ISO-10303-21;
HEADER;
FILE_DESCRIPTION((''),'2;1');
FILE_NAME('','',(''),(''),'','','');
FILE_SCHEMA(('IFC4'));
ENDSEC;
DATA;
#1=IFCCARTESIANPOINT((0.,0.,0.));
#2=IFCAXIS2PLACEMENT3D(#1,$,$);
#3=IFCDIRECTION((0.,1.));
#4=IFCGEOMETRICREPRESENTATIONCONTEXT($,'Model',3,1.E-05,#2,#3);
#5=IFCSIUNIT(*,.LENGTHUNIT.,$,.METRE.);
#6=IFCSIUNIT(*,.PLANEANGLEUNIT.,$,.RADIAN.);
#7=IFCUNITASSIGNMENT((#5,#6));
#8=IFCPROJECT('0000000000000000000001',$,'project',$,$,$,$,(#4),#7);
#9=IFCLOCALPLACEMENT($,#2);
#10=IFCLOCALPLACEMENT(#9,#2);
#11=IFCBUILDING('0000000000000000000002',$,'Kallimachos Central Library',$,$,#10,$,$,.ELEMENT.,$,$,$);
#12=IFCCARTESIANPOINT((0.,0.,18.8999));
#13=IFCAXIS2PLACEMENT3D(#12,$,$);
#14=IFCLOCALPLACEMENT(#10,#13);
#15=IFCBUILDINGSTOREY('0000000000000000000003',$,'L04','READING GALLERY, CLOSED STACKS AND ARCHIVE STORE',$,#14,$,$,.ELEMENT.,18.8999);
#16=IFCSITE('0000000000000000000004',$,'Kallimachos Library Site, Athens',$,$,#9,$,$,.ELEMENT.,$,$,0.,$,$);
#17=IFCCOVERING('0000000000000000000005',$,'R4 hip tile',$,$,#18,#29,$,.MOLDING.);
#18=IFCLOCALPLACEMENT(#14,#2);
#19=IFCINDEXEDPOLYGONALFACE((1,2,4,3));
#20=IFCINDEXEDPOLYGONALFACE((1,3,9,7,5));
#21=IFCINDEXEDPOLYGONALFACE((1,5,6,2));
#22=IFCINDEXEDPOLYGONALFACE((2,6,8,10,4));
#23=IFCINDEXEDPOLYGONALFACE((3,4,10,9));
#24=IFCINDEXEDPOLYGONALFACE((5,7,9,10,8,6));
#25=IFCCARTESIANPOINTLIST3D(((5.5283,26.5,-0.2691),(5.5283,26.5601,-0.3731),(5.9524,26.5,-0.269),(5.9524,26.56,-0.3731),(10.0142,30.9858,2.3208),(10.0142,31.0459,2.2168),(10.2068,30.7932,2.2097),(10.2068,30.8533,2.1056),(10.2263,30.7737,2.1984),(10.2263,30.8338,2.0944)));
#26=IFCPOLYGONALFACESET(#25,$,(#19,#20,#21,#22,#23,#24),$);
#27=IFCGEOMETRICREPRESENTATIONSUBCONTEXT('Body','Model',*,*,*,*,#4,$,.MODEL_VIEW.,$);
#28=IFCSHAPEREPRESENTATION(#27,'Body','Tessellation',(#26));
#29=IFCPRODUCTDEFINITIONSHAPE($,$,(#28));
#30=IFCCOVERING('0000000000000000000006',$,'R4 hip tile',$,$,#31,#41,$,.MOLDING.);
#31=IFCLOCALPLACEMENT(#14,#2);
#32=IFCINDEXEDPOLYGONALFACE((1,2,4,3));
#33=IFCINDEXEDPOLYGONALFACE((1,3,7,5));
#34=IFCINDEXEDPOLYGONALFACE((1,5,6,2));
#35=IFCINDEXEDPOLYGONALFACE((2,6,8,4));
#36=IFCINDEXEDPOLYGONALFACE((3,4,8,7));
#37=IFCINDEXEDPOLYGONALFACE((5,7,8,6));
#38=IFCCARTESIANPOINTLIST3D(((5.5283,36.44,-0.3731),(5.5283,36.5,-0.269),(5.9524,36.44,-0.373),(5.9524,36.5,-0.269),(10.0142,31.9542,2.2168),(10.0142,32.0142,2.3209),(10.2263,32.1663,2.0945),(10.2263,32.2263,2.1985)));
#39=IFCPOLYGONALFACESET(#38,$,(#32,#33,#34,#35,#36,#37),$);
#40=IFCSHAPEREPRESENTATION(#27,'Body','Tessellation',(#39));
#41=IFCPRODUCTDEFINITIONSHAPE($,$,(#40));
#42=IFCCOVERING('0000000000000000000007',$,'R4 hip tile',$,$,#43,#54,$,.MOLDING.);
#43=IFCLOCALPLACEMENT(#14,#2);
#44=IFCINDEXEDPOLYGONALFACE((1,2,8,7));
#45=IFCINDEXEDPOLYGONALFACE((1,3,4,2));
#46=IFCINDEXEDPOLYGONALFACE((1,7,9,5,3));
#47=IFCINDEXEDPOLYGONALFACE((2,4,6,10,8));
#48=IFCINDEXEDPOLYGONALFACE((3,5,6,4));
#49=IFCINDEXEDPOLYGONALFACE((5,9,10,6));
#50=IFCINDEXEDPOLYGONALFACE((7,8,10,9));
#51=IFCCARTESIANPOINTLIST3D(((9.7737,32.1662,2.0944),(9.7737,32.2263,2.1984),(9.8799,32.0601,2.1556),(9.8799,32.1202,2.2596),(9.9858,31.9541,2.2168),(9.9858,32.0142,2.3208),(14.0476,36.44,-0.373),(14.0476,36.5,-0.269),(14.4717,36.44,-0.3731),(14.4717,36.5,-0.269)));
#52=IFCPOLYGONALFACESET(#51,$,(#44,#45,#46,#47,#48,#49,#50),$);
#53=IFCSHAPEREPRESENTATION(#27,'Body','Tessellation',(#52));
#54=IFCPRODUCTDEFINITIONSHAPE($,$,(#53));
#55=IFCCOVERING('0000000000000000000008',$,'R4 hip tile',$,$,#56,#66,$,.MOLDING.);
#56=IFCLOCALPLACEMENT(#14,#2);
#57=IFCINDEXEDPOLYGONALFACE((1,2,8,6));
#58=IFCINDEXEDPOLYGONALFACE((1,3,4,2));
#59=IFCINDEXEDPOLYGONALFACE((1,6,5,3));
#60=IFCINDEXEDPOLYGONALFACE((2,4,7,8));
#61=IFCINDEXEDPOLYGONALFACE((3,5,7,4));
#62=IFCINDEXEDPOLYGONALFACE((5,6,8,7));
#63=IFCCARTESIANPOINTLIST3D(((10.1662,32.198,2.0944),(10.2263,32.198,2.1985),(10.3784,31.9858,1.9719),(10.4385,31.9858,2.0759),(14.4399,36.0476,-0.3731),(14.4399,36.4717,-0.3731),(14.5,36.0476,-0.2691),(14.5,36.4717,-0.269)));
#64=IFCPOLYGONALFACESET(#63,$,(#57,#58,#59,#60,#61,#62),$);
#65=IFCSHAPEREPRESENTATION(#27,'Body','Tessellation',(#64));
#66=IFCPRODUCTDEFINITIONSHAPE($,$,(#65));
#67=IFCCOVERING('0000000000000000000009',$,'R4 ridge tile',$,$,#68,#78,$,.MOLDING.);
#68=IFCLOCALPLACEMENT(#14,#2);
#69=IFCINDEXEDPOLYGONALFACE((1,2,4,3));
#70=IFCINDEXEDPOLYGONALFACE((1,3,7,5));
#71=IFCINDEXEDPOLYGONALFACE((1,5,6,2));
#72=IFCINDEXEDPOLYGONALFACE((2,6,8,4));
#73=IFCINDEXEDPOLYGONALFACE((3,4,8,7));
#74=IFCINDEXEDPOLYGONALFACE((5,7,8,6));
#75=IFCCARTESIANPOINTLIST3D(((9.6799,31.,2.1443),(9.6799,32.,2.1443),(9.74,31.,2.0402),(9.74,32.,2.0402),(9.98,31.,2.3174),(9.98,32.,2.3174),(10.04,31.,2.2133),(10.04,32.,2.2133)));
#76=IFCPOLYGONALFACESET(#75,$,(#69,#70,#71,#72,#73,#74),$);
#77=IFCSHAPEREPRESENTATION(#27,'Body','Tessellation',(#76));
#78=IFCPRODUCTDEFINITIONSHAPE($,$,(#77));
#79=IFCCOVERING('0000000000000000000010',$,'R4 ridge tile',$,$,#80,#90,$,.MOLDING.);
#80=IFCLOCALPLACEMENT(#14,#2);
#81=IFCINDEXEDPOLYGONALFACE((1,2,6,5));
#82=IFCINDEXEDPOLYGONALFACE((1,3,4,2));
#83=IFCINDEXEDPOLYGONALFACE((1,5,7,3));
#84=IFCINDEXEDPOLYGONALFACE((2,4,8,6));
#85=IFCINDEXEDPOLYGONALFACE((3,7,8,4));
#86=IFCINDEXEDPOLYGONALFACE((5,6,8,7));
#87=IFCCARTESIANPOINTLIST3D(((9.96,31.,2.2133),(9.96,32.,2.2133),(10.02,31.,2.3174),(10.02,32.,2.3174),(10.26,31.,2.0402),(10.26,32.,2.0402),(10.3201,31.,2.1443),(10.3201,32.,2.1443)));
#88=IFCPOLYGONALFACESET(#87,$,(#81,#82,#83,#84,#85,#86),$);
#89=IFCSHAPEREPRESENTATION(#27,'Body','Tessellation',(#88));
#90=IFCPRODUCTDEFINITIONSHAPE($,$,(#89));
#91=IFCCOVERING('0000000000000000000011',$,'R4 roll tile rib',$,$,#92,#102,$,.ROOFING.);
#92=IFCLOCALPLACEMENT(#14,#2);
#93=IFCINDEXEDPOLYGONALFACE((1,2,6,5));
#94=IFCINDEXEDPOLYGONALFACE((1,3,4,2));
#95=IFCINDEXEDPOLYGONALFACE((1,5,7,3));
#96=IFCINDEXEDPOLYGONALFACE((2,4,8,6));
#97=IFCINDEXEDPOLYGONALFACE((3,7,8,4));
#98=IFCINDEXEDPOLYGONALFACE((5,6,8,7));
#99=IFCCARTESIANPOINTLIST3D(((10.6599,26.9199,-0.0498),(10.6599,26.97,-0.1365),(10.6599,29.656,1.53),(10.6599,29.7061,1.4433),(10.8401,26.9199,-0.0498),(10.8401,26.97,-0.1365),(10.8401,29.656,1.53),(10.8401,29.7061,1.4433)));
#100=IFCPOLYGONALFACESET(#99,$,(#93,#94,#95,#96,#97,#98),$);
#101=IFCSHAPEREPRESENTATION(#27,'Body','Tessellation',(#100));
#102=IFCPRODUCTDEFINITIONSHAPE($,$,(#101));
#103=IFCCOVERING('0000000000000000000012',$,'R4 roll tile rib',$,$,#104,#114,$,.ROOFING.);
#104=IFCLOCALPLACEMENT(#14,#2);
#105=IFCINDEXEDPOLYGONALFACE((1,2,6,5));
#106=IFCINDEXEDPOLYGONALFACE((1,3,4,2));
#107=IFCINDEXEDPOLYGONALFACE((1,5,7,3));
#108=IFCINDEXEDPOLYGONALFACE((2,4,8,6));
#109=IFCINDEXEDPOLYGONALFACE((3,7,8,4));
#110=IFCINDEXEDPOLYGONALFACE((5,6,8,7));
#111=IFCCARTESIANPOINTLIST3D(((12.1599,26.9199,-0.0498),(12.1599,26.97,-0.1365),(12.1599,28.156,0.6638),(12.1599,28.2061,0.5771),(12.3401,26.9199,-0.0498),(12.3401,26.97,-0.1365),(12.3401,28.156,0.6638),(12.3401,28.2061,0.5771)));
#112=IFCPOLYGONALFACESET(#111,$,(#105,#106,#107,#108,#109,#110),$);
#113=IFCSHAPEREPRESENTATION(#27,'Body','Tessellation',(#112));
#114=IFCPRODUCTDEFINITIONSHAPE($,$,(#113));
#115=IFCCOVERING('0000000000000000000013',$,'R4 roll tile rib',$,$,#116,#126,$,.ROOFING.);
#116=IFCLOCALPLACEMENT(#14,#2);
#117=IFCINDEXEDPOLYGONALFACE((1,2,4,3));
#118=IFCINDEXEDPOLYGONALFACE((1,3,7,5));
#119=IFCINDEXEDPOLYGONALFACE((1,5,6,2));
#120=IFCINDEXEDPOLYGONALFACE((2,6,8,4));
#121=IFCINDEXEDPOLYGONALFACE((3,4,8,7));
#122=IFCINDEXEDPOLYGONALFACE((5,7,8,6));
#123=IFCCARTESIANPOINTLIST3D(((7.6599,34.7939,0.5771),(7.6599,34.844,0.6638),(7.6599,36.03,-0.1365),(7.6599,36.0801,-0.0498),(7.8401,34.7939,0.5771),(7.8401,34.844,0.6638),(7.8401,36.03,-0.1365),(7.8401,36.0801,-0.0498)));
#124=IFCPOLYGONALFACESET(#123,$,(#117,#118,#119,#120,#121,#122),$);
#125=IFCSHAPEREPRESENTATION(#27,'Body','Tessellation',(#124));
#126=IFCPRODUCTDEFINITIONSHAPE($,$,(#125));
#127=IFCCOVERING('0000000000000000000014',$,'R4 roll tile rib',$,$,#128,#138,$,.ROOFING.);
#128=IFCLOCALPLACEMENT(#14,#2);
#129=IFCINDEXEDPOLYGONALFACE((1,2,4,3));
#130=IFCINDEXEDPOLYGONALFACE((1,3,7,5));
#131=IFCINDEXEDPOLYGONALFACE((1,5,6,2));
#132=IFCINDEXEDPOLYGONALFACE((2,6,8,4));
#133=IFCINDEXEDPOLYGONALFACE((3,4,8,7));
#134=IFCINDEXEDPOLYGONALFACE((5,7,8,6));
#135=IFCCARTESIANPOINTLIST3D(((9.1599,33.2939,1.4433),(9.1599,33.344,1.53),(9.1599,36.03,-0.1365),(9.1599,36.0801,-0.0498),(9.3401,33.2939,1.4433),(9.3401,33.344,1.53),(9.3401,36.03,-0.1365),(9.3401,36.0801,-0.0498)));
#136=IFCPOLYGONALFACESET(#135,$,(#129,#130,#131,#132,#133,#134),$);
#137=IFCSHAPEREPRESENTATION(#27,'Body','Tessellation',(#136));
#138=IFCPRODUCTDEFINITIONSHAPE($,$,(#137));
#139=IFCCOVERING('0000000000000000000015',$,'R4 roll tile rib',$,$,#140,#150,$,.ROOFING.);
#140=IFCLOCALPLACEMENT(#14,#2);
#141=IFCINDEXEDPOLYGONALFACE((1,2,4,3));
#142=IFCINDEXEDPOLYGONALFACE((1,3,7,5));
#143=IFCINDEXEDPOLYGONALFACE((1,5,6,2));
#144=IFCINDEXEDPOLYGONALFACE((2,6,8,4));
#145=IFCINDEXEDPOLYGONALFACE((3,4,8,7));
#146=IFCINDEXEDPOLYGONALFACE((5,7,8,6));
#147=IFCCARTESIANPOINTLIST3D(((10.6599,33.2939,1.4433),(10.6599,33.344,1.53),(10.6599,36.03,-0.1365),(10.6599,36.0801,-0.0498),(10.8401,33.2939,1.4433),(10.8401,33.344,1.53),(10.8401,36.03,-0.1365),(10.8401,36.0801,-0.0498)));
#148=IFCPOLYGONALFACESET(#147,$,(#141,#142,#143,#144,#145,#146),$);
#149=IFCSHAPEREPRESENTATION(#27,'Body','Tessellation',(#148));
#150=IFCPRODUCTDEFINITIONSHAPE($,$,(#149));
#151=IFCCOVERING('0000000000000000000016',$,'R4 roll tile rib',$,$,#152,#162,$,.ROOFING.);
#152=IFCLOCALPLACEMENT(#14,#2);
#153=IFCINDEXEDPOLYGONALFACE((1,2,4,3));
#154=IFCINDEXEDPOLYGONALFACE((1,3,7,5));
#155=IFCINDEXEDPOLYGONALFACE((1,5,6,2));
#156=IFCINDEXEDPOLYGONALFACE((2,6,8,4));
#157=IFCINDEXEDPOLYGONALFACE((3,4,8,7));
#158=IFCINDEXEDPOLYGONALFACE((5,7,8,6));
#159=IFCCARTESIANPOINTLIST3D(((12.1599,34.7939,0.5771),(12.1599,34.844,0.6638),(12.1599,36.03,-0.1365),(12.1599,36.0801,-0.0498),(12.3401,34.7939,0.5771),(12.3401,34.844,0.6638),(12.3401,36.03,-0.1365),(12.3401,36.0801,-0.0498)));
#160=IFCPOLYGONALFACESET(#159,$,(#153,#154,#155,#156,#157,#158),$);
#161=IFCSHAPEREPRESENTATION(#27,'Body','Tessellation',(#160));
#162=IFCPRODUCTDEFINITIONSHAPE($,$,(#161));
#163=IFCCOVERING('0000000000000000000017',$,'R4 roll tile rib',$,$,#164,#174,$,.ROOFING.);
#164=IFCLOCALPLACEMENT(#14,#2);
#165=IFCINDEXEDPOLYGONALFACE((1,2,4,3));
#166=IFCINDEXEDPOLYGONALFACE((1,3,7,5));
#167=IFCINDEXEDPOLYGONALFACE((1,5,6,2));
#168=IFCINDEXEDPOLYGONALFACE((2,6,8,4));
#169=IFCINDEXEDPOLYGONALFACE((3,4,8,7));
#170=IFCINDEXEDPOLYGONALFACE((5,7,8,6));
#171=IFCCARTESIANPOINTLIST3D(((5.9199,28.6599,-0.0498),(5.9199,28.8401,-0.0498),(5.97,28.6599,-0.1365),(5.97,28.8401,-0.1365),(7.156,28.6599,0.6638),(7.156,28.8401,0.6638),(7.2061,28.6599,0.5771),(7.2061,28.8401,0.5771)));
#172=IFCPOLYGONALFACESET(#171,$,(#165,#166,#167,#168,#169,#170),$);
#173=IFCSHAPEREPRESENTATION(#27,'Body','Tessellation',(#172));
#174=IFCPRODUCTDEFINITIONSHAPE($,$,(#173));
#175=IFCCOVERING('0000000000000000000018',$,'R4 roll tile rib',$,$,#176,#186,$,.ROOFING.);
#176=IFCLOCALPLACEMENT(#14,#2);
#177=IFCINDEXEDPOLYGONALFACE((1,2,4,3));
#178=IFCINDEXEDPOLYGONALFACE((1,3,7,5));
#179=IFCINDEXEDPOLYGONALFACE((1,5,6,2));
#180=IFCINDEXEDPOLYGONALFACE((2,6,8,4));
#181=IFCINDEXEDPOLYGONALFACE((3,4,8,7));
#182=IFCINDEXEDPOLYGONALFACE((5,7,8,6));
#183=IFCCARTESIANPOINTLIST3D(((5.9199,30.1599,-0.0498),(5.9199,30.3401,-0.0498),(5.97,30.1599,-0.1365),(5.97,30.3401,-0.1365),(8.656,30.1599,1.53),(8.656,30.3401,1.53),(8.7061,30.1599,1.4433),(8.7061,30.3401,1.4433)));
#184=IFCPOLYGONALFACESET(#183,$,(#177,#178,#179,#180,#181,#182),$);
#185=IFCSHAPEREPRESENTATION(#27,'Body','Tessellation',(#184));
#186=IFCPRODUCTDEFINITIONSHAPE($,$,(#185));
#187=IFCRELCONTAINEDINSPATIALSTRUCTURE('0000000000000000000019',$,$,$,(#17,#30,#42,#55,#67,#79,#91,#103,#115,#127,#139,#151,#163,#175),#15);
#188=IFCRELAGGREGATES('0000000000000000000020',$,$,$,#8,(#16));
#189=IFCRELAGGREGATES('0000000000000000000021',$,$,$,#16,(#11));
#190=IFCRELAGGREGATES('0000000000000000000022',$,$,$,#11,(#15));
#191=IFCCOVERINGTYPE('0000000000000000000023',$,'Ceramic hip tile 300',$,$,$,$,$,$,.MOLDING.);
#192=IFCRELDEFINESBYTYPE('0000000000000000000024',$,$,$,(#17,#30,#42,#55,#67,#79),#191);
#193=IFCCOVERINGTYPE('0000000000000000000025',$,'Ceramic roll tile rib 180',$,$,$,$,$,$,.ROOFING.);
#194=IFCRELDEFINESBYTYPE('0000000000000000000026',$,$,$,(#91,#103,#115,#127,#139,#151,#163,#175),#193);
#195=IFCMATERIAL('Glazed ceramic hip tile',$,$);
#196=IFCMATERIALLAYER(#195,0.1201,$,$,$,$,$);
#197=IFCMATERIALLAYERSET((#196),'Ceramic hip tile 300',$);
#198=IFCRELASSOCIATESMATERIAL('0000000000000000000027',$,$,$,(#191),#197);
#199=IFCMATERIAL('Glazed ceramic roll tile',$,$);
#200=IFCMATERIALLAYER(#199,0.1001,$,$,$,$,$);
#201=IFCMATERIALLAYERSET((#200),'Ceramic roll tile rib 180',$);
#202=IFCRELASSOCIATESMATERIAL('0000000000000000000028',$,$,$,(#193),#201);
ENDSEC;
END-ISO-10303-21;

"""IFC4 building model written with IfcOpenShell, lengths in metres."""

from ifc_helpers import new_model, si_unit, direction, frame, origin, place, context, subcontext, project, spatial, polyline, outline, extrude, material, layer, layer_set, type_object, element, save


model = new_model("IFC4")

# Units and contexts
model_context = context("Model", 3, precision=1e-05, world=origin(), true_north=direction((0.0, 1.0)))
body_context = subcontext(model_context, "Body", "Model", "MODEL_VIEW")
ifc_project = project(units=[si_unit("LENGTHUNIT", "METRE"), si_unit("PLANEANGLEUNIT", "RADIAN")], contexts=[model_context])

# Site, building, storey
site_placement = place(None, origin())
site = spatial("IfcSite", under=ifc_project, at=site_placement, Name="Kallimachos Library Site, Athens", CompositionType="ELEMENT", RefElevation=0.0)
building_placement = place(site_placement, origin())
building = spatial("IfcBuilding", under=site, at=building_placement, Name="Kallimachos Central Library", CompositionType="ELEMENT")
storey_placement = place(building_placement, frame((0.0, 0.0, 18.8999)))
storey = spatial("IfcBuildingStorey", under=building, at=storey_placement, Name="L04", Description="READING GALLERY, CLOSED STACKS AND ARCHIVE STORE", CompositionType="ELEMENT", Elevation=18.8999)

# Coverings
ifc_material_1 = material(Name="Glazed ceramic hip tile")
ifc_layer_1 = layer(ifc_material_1, 0.1201)
ifc_layer_set_1 = layer_set([ifc_layer_1], Name="Ceramic hip tile 300")
covering_type_1 = type_object("IfcCoveringType", Name="Ceramic hip tile 300", PredefinedType="MOLDING", material=ifc_layer_set_1)
covering_1_placement = place(storey_placement, frame((10.0142, 30.9858, 2.3208), z_axis=(-0.000179, -0.499868, 0.866101), x_axis=(0.654762, -0.654688, -0.377716)))
element("IfcCovering", 1, at=covering_1_placement, inside=storey, type_object=covering_type_1, Name="R4 hip tile", PredefinedType="MOLDING", context=body_context, shape_type="SweptSolid", body=[
    extrude(outline(polyline([(0.0, 0.0), (0.2942, 0.0), (0.324, 0.0), (1.2556, -6.4615), (0.9779, -6.7821), (0.0, 0.0)])), origin(), (0.0, 0.0, -1.0), 0.1201),
])
covering_2_placement = place(storey_placement, frame((5.5283, 36.5, -0.269), z_axis=(-0.00018, 0.499869, 0.866101), x_axis=(1.0, 0.00009, 0.000156)))
element("IfcCovering", 2, at=covering_2_placement, inside=storey, type_object=covering_type_1, Name="R4 hip tile", PredefinedType="MOLDING", context=body_context, shape_type="SweptSolid", body=[
    extrude(outline(polyline([(0.0, 0.0), (0.4241, 0.0), (4.698, -4.9349), (4.4858, -5.1798), (0.0, 0.0)])), origin(), (0.0, 0.0, -1.0), 0.1201),
])
covering_3_placement = place(storey_placement, frame((9.9858, 32.0142, 2.3208), z_axis=(0.000171, 0.499862, 0.866105), x_axis=(-0.654493, 0.65489, -0.377833)))
element("IfcCovering", 3, at=covering_3_placement, inside=storey, type_object=covering_type_1, Name="R4 hip tile", PredefinedType="MOLDING", context=body_context, shape_type="SweptSolid", body=[
    extrude(outline(polyline([(0.0, 0.0), (0.1619, 0.0), (0.324, 0.0001), (1.2579, -6.4611), (0.9803, -6.7817), (0.0, 0.0)])), origin(), (0.0, 0.0, -1.0), 0.1201),
])
covering_4_placement = place(storey_placement, frame((14.5, 36.4717, -0.269), z_axis=(0.500063, -0.000066, 0.865989), x_axis=(-0.000033, -1.0, -0.000057)))
element("IfcCovering", 4, at=covering_4_placement, inside=storey, type_object=covering_type_1, Name="R4 hip tile", PredefinedType="MOLDING", context=body_context, shape_type="SweptSolid", body=[
    extrude(outline(polyline([(0.0, 0.0), (0.4241, 0.0), (4.4858, -4.6899), (4.2737, -4.9349), (0.0, 0.0)])), origin(), (0.0, 0.0, -1.0), 0.1201),
])
covering_5_placement = place(storey_placement, frame((9.6799, 31.0, 2.1443), z_axis=(-0.499702, 0.0, 0.866197), x_axis=(0.0, 1.0, 0.0)))
element("IfcCovering", 5, at=covering_5_placement, inside=storey, type_object=covering_type_1, Name="R4 ridge tile", PredefinedType="MOLDING", context=body_context, shape_type="SweptSolid", body=[
    extrude(outline(polyline([(0.0, 0.0), (1.0, 0.0), (1.0, -0.3464), (0.0, -0.3464), (0.0, 0.0)])), origin(), (0.0, 0.0, -1.0), 0.1201),
])
covering_6_placement = place(storey_placement, frame((10.02, 32.0, 2.3174), z_axis=(0.499702, 0.0, 0.866197), x_axis=(0.866197, 0.0, -0.499702)))
element("IfcCovering", 6, at=covering_6_placement, inside=storey, type_object=covering_type_1, Name="R4 ridge tile", PredefinedType="MOLDING", context=body_context, shape_type="SweptSolid", body=[
    extrude(outline(polyline([(0.0, 0.0), (0.3464, 0.0), (0.3464, -1.0), (0.0, -1.0), (0.0, 0.0)])), origin(), (0.0, 0.0, -1.0), 0.1201),
])
ifc_material_2 = material(Name="Glazed ceramic roll tile")
ifc_layer_2 = layer(ifc_material_2, 0.1001)
ifc_layer_set_2 = layer_set([ifc_layer_2], Name="Ceramic roll tile rib 180")
covering_type_2 = type_object("IfcCoveringType", Name="Ceramic roll tile rib 180", PredefinedType="ROOFING", material=ifc_layer_set_2)
covering_7_placement = place(storey_placement, frame((10.6599, 26.9199, -0.0498), z_axis=(0.0, -0.500037, 0.866004), x_axis=(0.0, 0.866004, 0.500037)))
element("IfcCovering", 7, at=covering_7_placement, inside=storey, type_object=covering_type_2, Name="R4 roll tile rib", PredefinedType="ROOFING", context=body_context, shape_type="SweptSolid", body=[
    extrude(outline(polyline([(0.0, 0.0), (3.1594, 0.0), (3.1594, -0.1802), (0.0, -0.1802), (0.0, 0.0)])), origin(), (0.0, 0.0, -1.0), 0.1001),
])
for number, where, z_axis, x_axis, name in (
    (8, (12.1599, 26.9199, -0.0498), (0.0, -0.499984, 0.866035), (0.0, 0.866035, 0.499984), "R4 roll tile rib"),
    (9, (7.6599, 34.844, 0.6638), (0.0, 0.499984, 0.866035), (0.0, 0.866035, -0.499984), "R4 roll tile rib"),
):
    element("IfcCovering", number, at=place(storey_placement, frame(where, z_axis=z_axis, x_axis=x_axis)), inside=storey, type_object=covering_type_2, Name=name, PredefinedType="ROOFING", context=body_context, shape_type="SweptSolid", body=[
        extrude(outline(polyline([(0.0, 0.0), (1.4273, 0.0), (1.4273, -0.1802), (0.0, -0.1802), (0.0, 0.0)])), origin(), (0.0, 0.0, -1.0), 0.1001),
    ])
for number, where, z_axis, x_axis, name in (
    (10, (9.1599, 33.344, 1.53), (0.0, 0.500037, 0.866004), (0.0, 0.866004, -0.500037), "R4 roll tile rib"),
    (11, (10.6599, 33.344, 1.53), (0.0, 0.500037, 0.866004), (0.0, 0.866004, -0.500037), "R4 roll tile rib"),
):
    element("IfcCovering", number, at=place(storey_placement, frame(where, z_axis=z_axis, x_axis=x_axis)), inside=storey, type_object=covering_type_2, Name=name, PredefinedType="ROOFING", context=body_context, shape_type="SweptSolid", body=[
        extrude(outline(polyline([(0.0, 0.0), (3.1594, 0.0), (3.1594, -0.1802), (0.0, -0.1802), (0.0, 0.0)])), origin(), (0.0, 0.0, -1.0), 0.1001),
    ])
covering_8_placement = place(storey_placement, frame((12.1599, 34.844, 0.6638), z_axis=(0.0, 0.499984, 0.866035), x_axis=(0.0, 0.866035, -0.499984)))
element("IfcCovering", 12, at=covering_8_placement, inside=storey, type_object=covering_type_2, Name="R4 roll tile rib", PredefinedType="ROOFING", context=body_context, shape_type="SweptSolid", body=[
    extrude(outline(polyline([(0.0, 0.0), (1.4273, 0.0), (1.4273, -0.1802), (0.0, -0.1802), (0.0, 0.0)])), origin(), (0.0, 0.0, -1.0), 0.1001),
])
covering_9_placement = place(storey_placement, frame((5.9199, 28.6599, -0.0498), z_axis=(-0.499984, 0.0, 0.866035), x_axis=(0.866035, 0.0, 0.499984)))
element("IfcCovering", 13, at=covering_9_placement, inside=storey, type_object=covering_type_2, Name="R4 roll tile rib", PredefinedType="ROOFING", context=body_context, shape_type="SweptSolid", body=[
    extrude(outline(polyline([(0.0, 0.0), (1.4273, 0.0), (1.4273, 0.1802), (0.0, 0.1802), (0.0, 0.0)])), origin(), (0.0, 0.0, -1.0), 0.1001),
])
covering_10_placement = place(storey_placement, frame((5.9199, 30.1599, -0.0498), z_axis=(-0.500037, 0.0, 0.866004), x_axis=(0.866004, 0.0, 0.500037)))
element("IfcCovering", 14, at=covering_10_placement, inside=storey, type_object=covering_type_2, Name="R4 roll tile rib", PredefinedType="ROOFING", context=body_context, shape_type="SweptSolid", body=[
    extrude(outline(polyline([(0.0, 0.0), (3.1594, 0.0), (3.1594, 0.1802), (0.0, 0.1802), (0.0, 0.0)])), origin(), (0.0, 0.0, -1.0), 0.1001),
])

save(model, "model.ifc")
